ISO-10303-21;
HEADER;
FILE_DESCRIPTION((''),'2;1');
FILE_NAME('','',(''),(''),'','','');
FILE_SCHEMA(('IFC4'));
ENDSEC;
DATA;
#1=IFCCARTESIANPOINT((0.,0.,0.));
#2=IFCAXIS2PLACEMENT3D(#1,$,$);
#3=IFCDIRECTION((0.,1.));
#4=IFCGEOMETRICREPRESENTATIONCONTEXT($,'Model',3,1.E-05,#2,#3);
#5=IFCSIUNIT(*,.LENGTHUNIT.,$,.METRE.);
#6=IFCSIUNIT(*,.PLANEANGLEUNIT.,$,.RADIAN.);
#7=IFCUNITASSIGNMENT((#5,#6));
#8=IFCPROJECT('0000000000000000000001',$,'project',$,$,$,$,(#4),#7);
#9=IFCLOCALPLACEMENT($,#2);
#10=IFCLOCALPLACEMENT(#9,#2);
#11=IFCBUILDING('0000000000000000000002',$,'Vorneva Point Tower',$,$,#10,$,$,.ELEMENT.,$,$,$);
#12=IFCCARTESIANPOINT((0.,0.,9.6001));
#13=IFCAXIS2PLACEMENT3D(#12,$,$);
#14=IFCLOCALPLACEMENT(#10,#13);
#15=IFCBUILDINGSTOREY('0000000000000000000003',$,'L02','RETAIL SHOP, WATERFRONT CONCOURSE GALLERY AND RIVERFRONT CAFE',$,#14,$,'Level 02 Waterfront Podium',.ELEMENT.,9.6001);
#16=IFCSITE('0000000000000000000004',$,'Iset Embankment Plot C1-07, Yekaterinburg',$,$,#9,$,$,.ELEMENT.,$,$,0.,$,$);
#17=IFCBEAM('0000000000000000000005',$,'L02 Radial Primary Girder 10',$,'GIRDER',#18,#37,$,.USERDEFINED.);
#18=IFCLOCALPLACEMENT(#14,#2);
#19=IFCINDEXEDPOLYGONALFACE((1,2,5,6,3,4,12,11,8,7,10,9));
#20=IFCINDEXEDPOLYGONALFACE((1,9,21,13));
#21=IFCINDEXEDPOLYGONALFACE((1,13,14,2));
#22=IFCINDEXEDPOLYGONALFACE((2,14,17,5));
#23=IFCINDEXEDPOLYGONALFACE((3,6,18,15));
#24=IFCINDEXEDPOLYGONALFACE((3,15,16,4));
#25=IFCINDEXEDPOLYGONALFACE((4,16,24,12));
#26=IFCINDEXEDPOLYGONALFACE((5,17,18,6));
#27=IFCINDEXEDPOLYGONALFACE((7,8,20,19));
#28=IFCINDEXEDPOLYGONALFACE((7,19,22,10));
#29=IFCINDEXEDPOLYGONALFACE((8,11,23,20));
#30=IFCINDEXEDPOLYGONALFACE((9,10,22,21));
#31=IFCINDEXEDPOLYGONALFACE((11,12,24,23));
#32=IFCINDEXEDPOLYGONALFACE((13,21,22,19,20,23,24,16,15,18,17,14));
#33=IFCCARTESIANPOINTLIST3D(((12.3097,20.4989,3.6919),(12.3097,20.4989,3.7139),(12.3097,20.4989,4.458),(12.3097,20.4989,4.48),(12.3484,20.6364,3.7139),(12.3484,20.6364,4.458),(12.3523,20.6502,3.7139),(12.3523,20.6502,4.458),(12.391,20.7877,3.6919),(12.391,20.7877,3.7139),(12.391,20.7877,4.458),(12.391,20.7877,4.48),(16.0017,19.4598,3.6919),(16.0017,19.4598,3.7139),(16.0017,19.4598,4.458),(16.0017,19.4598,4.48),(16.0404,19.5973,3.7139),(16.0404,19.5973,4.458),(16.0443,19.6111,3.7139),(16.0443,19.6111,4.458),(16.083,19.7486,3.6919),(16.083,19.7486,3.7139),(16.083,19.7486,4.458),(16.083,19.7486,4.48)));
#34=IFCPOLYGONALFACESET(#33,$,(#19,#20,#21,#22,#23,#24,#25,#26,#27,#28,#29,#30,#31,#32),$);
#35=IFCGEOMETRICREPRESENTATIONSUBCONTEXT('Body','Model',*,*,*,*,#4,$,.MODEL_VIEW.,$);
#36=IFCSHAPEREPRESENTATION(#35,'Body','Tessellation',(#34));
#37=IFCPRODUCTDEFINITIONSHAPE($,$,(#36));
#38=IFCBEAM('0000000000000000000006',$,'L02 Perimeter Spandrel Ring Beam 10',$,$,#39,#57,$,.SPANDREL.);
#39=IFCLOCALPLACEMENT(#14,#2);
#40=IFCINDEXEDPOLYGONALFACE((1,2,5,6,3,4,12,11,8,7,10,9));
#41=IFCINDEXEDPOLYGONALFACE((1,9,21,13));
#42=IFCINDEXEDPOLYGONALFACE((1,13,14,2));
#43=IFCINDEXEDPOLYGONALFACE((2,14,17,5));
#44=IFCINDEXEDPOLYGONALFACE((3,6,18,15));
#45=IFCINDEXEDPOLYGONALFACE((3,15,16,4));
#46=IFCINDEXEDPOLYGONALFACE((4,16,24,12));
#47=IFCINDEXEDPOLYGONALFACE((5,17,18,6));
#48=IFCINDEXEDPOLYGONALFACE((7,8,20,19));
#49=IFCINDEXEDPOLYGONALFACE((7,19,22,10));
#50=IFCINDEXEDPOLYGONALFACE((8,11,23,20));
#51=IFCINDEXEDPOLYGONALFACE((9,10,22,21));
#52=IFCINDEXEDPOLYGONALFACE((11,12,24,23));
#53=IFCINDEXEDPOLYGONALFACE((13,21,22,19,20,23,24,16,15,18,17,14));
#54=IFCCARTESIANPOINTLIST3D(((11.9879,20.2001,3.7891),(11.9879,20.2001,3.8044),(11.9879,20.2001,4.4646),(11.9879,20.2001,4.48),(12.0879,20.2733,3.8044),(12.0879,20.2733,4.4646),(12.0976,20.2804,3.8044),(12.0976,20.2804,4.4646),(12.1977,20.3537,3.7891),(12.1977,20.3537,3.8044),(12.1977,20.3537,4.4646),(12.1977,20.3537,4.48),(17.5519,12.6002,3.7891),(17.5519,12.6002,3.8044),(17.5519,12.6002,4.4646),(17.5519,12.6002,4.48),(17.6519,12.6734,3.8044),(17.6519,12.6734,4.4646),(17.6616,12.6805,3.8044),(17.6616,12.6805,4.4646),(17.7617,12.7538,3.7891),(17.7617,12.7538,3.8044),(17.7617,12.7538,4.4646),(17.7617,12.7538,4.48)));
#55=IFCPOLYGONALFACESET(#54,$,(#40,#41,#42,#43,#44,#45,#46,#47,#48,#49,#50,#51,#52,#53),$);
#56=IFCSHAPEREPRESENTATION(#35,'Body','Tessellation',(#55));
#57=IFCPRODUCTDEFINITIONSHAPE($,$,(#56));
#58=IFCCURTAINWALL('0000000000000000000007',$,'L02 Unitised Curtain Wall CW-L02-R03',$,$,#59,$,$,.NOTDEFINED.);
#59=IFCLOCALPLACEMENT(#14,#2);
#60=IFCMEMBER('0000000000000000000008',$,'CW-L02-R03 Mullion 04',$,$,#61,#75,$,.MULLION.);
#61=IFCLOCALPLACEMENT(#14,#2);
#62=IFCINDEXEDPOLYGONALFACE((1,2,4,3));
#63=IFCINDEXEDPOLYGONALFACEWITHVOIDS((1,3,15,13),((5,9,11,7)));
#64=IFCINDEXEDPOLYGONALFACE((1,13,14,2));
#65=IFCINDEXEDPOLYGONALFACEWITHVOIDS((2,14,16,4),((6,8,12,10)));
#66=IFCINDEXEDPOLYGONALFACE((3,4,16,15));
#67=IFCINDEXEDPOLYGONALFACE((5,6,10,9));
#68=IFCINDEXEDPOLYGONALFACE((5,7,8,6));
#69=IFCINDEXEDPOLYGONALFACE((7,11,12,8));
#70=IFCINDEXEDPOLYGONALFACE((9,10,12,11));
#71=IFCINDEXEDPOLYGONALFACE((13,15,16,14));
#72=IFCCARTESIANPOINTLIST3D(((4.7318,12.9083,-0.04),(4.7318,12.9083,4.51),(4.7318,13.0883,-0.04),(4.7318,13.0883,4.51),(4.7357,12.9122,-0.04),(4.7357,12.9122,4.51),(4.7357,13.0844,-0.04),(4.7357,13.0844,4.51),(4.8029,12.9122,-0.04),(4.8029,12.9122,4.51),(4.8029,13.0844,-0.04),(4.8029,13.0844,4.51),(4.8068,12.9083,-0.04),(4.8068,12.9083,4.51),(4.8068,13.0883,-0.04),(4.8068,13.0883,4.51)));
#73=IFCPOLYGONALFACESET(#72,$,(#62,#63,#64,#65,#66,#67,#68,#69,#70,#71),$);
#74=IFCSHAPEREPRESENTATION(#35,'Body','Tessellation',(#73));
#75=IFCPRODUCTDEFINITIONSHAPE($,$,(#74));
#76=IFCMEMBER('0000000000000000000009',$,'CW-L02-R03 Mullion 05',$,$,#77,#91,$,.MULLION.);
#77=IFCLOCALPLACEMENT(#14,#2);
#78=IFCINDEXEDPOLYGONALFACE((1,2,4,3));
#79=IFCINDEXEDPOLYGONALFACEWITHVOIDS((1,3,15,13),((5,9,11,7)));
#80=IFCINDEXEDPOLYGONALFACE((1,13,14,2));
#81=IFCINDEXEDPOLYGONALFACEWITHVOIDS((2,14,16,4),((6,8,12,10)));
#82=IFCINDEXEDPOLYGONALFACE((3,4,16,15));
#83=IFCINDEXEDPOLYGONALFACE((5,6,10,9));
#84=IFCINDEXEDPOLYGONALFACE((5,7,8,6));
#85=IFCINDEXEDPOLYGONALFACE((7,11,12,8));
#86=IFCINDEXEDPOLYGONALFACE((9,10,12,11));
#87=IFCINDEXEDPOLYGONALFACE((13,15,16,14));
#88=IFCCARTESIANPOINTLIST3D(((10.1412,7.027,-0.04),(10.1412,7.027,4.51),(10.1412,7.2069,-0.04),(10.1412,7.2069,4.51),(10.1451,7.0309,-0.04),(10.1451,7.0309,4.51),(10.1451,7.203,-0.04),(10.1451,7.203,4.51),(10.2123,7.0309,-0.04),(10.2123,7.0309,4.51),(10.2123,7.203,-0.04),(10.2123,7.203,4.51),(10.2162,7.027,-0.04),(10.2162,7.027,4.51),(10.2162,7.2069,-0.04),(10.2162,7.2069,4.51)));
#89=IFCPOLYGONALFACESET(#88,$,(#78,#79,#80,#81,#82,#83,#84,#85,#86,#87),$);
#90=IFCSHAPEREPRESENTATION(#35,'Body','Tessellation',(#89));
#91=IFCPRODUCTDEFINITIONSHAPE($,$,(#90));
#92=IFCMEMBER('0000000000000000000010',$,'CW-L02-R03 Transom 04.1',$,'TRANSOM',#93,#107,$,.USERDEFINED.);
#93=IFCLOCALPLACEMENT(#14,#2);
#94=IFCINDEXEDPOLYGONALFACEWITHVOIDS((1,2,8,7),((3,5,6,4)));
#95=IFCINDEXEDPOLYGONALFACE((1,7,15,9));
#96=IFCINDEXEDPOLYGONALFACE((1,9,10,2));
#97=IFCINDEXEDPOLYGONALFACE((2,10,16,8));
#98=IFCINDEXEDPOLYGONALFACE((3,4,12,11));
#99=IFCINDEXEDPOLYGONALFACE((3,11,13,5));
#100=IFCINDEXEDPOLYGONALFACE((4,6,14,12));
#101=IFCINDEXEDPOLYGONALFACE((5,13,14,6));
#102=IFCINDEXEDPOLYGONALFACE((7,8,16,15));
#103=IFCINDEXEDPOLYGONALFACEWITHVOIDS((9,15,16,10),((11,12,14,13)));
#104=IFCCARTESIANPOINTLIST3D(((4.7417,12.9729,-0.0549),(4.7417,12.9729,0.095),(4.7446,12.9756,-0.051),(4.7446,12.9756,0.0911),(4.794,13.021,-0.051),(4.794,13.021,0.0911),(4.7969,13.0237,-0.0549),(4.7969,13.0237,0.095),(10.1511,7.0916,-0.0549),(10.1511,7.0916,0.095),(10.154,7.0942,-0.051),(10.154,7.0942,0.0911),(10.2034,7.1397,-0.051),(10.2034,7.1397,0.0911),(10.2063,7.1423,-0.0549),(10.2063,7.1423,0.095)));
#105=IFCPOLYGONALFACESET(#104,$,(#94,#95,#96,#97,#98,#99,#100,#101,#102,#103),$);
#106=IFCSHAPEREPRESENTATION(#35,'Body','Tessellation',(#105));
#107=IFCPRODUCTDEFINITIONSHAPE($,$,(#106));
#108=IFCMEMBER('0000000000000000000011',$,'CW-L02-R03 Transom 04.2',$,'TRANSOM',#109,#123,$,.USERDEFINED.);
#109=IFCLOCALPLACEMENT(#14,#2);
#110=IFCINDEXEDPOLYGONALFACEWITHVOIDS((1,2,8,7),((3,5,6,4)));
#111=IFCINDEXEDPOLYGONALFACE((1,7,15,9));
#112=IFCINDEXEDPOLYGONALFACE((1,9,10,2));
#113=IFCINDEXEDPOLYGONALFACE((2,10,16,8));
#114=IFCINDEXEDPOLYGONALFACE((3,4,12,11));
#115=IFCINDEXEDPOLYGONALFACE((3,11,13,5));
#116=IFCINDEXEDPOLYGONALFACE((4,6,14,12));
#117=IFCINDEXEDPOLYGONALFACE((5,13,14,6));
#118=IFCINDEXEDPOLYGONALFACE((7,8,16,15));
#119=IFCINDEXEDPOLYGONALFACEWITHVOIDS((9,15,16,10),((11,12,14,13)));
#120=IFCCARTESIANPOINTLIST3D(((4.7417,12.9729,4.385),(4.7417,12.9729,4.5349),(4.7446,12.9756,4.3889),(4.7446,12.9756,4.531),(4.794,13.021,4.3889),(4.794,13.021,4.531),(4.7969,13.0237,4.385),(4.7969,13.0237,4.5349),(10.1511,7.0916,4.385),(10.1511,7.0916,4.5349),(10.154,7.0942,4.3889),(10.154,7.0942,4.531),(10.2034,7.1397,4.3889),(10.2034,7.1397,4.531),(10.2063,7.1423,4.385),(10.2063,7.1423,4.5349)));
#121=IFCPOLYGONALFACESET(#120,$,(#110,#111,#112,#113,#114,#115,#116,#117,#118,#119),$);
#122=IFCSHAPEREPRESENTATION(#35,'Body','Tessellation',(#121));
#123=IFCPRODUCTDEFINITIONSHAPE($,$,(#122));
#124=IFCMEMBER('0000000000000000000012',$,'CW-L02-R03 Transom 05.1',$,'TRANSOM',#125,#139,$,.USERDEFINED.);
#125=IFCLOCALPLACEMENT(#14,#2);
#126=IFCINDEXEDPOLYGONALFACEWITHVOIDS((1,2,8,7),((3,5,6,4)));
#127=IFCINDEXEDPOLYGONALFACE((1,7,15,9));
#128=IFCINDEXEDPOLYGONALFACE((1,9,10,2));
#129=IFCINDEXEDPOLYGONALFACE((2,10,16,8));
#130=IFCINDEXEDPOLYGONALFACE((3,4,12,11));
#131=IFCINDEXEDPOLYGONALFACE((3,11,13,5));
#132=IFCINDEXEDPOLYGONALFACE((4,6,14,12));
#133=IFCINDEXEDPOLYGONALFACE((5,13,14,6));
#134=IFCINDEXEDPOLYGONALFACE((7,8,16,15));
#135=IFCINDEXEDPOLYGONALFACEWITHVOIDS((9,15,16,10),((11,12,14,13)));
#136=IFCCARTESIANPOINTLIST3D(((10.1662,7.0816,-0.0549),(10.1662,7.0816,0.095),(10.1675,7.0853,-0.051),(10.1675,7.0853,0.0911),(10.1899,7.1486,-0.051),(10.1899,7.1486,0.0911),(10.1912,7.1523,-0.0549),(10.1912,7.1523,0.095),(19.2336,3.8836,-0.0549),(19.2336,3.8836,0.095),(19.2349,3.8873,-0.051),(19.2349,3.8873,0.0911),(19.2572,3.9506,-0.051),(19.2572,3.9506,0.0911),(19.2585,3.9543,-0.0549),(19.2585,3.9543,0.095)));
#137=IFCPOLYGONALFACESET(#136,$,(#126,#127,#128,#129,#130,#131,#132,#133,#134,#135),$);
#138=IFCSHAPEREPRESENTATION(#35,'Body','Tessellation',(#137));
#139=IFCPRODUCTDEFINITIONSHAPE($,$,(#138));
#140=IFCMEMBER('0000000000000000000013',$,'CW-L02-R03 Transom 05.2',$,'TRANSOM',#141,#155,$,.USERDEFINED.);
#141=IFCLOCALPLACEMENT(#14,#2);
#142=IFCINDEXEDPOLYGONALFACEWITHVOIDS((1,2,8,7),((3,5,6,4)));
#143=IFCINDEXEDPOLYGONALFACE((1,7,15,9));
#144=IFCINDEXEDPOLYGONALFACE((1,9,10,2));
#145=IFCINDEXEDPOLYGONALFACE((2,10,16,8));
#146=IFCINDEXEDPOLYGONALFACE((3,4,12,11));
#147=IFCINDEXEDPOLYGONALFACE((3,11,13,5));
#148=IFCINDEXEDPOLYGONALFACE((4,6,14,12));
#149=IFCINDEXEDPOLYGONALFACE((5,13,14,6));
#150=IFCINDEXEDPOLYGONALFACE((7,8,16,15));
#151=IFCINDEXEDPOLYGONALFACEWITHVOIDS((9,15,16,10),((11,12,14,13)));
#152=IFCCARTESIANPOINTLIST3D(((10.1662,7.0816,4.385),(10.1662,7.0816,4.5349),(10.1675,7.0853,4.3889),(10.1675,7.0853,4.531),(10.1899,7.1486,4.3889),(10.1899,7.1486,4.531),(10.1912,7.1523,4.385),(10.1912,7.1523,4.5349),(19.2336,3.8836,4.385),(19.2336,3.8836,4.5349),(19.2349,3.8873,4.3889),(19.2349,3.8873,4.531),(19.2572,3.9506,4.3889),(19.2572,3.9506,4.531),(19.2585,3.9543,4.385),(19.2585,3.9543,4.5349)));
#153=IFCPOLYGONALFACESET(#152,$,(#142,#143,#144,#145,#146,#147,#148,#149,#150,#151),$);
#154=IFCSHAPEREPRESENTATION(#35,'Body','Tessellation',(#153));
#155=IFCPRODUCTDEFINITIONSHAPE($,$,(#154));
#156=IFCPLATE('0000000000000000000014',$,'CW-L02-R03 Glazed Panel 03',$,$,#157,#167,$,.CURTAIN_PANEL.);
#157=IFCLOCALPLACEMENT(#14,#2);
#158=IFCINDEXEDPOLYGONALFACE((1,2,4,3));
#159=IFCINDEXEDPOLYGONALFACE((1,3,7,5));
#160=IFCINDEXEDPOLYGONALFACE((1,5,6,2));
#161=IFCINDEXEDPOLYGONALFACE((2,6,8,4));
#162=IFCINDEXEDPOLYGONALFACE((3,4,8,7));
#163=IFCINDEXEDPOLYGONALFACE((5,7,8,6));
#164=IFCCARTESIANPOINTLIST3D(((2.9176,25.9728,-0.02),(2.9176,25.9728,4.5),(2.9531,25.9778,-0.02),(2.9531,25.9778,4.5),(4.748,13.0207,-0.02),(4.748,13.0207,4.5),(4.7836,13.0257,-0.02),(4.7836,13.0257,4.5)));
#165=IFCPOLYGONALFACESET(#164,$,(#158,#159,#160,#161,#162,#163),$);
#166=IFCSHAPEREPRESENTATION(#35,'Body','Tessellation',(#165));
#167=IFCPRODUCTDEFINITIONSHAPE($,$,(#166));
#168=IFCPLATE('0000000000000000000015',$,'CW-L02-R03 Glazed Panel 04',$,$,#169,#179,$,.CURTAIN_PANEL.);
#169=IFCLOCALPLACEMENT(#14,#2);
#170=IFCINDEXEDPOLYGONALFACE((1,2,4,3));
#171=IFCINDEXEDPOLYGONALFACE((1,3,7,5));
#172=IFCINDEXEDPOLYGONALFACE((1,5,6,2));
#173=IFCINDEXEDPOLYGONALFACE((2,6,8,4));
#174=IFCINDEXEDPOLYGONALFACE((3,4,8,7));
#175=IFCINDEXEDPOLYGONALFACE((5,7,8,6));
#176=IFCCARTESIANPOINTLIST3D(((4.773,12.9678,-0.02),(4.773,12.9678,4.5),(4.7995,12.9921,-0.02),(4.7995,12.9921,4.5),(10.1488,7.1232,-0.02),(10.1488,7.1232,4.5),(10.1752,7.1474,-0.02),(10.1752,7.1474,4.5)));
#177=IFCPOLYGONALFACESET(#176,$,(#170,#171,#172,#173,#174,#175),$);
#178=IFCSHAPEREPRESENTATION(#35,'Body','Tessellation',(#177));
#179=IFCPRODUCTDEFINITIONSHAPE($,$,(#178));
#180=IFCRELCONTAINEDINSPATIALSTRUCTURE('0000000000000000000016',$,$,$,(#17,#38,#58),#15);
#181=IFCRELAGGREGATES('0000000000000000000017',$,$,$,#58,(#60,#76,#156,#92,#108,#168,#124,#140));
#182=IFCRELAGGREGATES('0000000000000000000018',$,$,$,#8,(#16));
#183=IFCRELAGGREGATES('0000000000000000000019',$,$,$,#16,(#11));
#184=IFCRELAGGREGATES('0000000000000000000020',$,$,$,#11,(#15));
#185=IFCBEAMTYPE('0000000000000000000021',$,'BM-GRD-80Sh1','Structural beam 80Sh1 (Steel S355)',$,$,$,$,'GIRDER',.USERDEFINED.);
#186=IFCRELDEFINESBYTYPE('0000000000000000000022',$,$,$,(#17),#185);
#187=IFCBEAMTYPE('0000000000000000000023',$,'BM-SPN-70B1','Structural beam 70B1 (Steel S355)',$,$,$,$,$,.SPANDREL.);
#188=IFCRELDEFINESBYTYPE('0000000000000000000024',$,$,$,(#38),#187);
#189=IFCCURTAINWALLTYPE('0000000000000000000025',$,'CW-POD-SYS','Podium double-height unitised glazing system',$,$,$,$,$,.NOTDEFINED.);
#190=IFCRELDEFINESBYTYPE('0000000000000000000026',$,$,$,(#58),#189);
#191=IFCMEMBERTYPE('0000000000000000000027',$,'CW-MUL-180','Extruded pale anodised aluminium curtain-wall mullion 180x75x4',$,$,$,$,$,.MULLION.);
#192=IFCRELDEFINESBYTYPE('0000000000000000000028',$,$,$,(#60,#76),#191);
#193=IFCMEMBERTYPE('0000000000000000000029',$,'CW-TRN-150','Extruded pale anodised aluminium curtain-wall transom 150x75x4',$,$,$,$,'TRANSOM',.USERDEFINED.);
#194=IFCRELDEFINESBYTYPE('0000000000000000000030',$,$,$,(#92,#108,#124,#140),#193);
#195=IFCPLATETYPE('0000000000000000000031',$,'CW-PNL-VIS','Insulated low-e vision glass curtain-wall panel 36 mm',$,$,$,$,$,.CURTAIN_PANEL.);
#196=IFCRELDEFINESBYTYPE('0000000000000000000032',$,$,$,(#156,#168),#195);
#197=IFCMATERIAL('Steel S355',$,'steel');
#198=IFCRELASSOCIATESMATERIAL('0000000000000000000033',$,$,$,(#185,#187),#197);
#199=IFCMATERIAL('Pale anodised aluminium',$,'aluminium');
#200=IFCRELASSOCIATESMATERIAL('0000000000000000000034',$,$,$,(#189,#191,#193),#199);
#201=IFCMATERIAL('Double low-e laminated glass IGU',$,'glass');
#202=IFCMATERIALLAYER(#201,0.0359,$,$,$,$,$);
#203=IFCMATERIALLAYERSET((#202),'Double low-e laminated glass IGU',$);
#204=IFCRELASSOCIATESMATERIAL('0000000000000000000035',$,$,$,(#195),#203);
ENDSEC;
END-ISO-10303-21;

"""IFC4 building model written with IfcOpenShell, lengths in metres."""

from ifc_helpers import new_model, si_unit, direction, frame, origin, origin_2d, place, context, subcontext, project, spatial, rectangle, hollow_rectangle, i_section, extrude, material, layer, layer_set, material_profile, profile_set, type_object, element, aggregate, save


model = new_model("IFC4")

# Units and contexts
model_context = context("Model", 3, precision=1e-05, world=origin(), true_north=direction((0.0, 1.0)))
body_context = subcontext(model_context, "Body", "Model", "MODEL_VIEW")
ifc_project = project(units=[si_unit("LENGTHUNIT", "METRE"), si_unit("PLANEANGLEUNIT", "RADIAN")], contexts=[model_context])

# Site, building, storey
site_placement = place(None, origin())
site = spatial("IfcSite", under=ifc_project, at=site_placement, Name="Iset Embankment Plot C1-07, Yekaterinburg", CompositionType="ELEMENT", RefElevation=0.0)
building_placement = place(site_placement, origin())
building = spatial("IfcBuilding", under=site, at=building_placement, Name="Vorneva Point Tower", CompositionType="ELEMENT")
storey_placement = place(building_placement, frame((0.0, 0.0, 9.6001)))
storey = spatial("IfcBuildingStorey", under=building, at=storey_placement, Name="L02", Description="RETAIL SHOP, WATERFRONT CONCOURSE GALLERY AND RIVERFRONT CAFE", LongName="Level 02 Waterfront Podium", CompositionType="ELEMENT", Elevation=9.6001)

# Beams
ifc_material_1 = material(Name="Steel S355", Category="steel")
ifc_material_profile_1 = material_profile(ifc_material_1, i_section(OverallWidth=0.3, OverallDepth=0.7881, WebThickness=0.0144, FlangeThickness=0.022, at=origin_2d()), Name="80Sh1")
ifc_profile_set_1 = profile_set([ifc_material_profile_1], Name="Steel S355")
beam_type_1 = type_object("IfcBeamType", Name="BM-GRD-80Sh1", Description="Structural beam 80Sh1 (Steel S355)", ElementType="GIRDER", PredefinedType="USERDEFINED", material=ifc_profile_set_1)
beam_1_placement = place(storey_placement, frame((12.3503, 20.6433, 4.0859), z_axis=(0.962602, -0.270919, 0.0), x_axis=(0.270919, 0.962602, 0.0)))
element("IfcBeam", 1, at=beam_1_placement, inside=storey, type_object=beam_type_1, Name="L02 Radial Primary Girder 10", ObjectType="GIRDER", PredefinedType="USERDEFINED", context=body_context, shape_type="SweptSolid", body=[
    extrude(i_section(OverallWidth=0.3, OverallDepth=0.7881, WebThickness=0.0144, FlangeThickness=0.022, at=origin_2d()), origin(), (0.0, 0.0, 1.0), 3.8354),
])
ifc_material_profile_2 = material_profile(ifc_material_1, i_section(OverallWidth=0.26, OverallDepth=0.6909, WebThickness=0.012, FlangeThickness=0.0154, at=origin_2d()), Name="70B1")
ifc_profile_set_2 = profile_set([ifc_material_profile_2], Name="Steel S355")
beam_type_2 = type_object("IfcBeamType", Name="BM-SPN-70B1", Description="Structural beam 70B1 (Steel S355)", PredefinedType="SPANDREL", material=ifc_profile_set_2)
beam_2_placement = place(storey_placement, frame((12.0928, 20.2769, 4.1345), z_axis=(0.590724, -0.806874, 0.0), x_axis=(0.806874, 0.590724, 0.0)))
element("IfcBeam", 2, at=beam_2_placement, inside=storey, type_object=beam_type_2, Name="L02 Perimeter Spandrel Ring Beam 10", PredefinedType="SPANDREL", context=body_context, shape_type="SweptSolid", body=[
    extrude(i_section(OverallWidth=0.26, OverallDepth=0.6909, WebThickness=0.012, FlangeThickness=0.0154, at=origin_2d()), origin(), (0.0, 0.0, 1.0), 9.4189),
])

# Curtain wall, members, plates
ifc_material_2 = material(Name="Pale anodised aluminium", Category="aluminium")
curtain_wall_type = type_object("IfcCurtainWallType", Name="CW-POD-SYS", Description="Podium double-height unitised glazing system", PredefinedType="NOTDEFINED", material=ifc_material_2)
curtain_wall_placement = place(storey_placement, origin())
curtain_wall = element("IfcCurtainWall", 3, at=curtain_wall_placement, inside=storey, type_object=curtain_wall_type, Name="L02 Unitised Curtain Wall CW-L02-R03", PredefinedType="NOTDEFINED")
ifc_material_profile_3 = material_profile(ifc_material_2, hollow_rectangle(XDim=0.075, YDim=0.1799, WallThickness=0.0039, at=origin_2d()), Name="AL-MUL 180x75x4")
ifc_profile_set_3 = profile_set([ifc_material_profile_3], Name="Pale anodised aluminium")
member_type_1 = type_object("IfcMemberType", Name="CW-MUL-180", Description="Extruded pale anodised aluminium curtain-wall mullion 180x75x4", PredefinedType="MULLION", material=ifc_profile_set_3)
member_1_placement = place(storey_placement, frame((4.7693, 12.9983, -0.04), z_axis=(0.0, 0.0, 1.0), x_axis=(1.0, 0.0, 0.0)))
member_1 = element("IfcMember", 4, at=member_1_placement, type_object=member_type_1, Name="CW-L02-R03 Mullion 04", PredefinedType="MULLION", context=body_context, shape_type="SweptSolid", body=[
    extrude(hollow_rectangle(XDim=0.075, YDim=0.1799, WallThickness=0.0039, at=origin_2d()), origin(), (0.0, 0.0, 1.0), 4.55),
])
member_2_placement = place(storey_placement, frame((10.1787, 7.1169, -0.04), z_axis=(0.0, 0.0, 1.0), x_axis=(1.0, 0.0, 0.0)))
member_2 = element("IfcMember", 5, at=member_2_placement, type_object=member_type_1, Name="CW-L02-R03 Mullion 05", PredefinedType="MULLION", context=body_context, shape_type="SweptSolid", body=[
    extrude(hollow_rectangle(XDim=0.075, YDim=0.1799, WallThickness=0.0039, at=origin_2d()), origin(), (0.0, 0.0, 1.0), 4.55),
])
ifc_material_profile_4 = material_profile(ifc_material_2, hollow_rectangle(XDim=0.075, YDim=0.1499, WallThickness=0.0039, at=origin_2d()), Name="AL-TRN 150x75x4")
ifc_profile_set_4 = profile_set([ifc_material_profile_4], Name="Pale anodised aluminium")
member_type_2 = type_object("IfcMemberType", Name="CW-TRN-150", Description="Extruded pale anodised aluminium curtain-wall transom 150x75x4", ElementType="TRANSOM", PredefinedType="USERDEFINED", material=ifc_profile_set_4)
member_3_placement = place(storey_placement, frame((4.7693, 12.9983, 0.02), z_axis=(0.676961, -0.736019, 0.0), x_axis=(0.736019, 0.676961, 0.0)))
member_3 = element("IfcMember", 6, at=member_3_placement, type_object=member_type_2, Name="CW-L02-R03 Transom 04.1", ObjectType="TRANSOM", PredefinedType="USERDEFINED", context=body_context, shape_type="SweptSolid", body=[
    extrude(hollow_rectangle(XDim=0.075, YDim=0.1499, WallThickness=0.0039, at=origin_2d()), origin(), (0.0, 0.0, 1.0), 7.9907),
])
member_4_placement = place(storey_placement, frame((4.7693, 12.9983, 4.46), z_axis=(0.676961, -0.736019, 0.0), x_axis=(0.736019, 0.676961, 0.0)))
member_4 = element("IfcMember", 7, at=member_4_placement, type_object=member_type_2, Name="CW-L02-R03 Transom 04.2", ObjectType="TRANSOM", PredefinedType="USERDEFINED", context=body_context, shape_type="SweptSolid", body=[
    extrude(hollow_rectangle(XDim=0.075, YDim=0.1499, WallThickness=0.0039, at=origin_2d()), origin(), (0.0, 0.0, 1.0), 7.9907),
])
member_5_placement = place(storey_placement, frame((10.1787, 7.1169, 0.02), z_axis=(0.943064, -0.332612, 0.0), x_axis=(0.332612, 0.943064, 0.0)))
member_5 = element("IfcMember", 8, at=member_5_placement, type_object=member_type_2, Name="CW-L02-R03 Transom 05.1", ObjectType="TRANSOM", PredefinedType="USERDEFINED", context=body_context, shape_type="SweptSolid", body=[
    extrude(hollow_rectangle(XDim=0.075, YDim=0.1499, WallThickness=0.0039, at=origin_2d()), origin(), (0.0, 0.0, 1.0), 9.6147),
])
member_6_placement = place(storey_placement, frame((10.1787, 7.1169, 4.46), z_axis=(0.943064, -0.332612, 0.0), x_axis=(0.332612, 0.943064, 0.0)))
member_6 = element("IfcMember", 9, at=member_6_placement, type_object=member_type_2, Name="CW-L02-R03 Transom 05.2", ObjectType="TRANSOM", PredefinedType="USERDEFINED", context=body_context, shape_type="SweptSolid", body=[
    extrude(hollow_rectangle(XDim=0.075, YDim=0.1499, WallThickness=0.0039, at=origin_2d()), origin(), (0.0, 0.0, 1.0), 9.6147),
])
ifc_material_3 = material(Name="Double low-e laminated glass IGU", Category="glass")
ifc_layer_1 = layer(ifc_material_3, 0.0359)
ifc_layer_set_1 = layer_set([ifc_layer_1], Name="Double low-e laminated glass IGU")
plate_type = type_object("IfcPlateType", Name="CW-PNL-VIS", Description="Insulated low-e vision glass curtain-wall panel 36 mm", PredefinedType="CURTAIN_PANEL", material=ifc_layer_set_1)
plate_1_placement = place(storey_placement, frame((3.8506, 19.4993, -0.02), z_axis=(0.0, 0.0, 1.0), x_axis=(0.139934, -0.990161, 0.0)))
plate_1 = element("IfcPlate", 10, at=plate_1_placement, type_object=plate_type, Name="CW-L02-R03 Glazed Panel 03", PredefinedType="CURTAIN_PANEL", context=body_context, shape_type="SweptSolid", body=[
    extrude(rectangle(XDim=13.0808, YDim=0.0359, at=origin_2d()), origin(), (0.0, 0.0, 1.0), 4.52),
])
plate_2_placement = place(storey_placement, frame((7.4741, 10.0576, -0.02), z_axis=(0.0, 0.0, 1.0), x_axis=(0.676966, -0.736014, 0.0)))
plate_2 = element("IfcPlate", 11, at=plate_2_placement, type_object=plate_type, Name="CW-L02-R03 Glazed Panel 04", PredefinedType="CURTAIN_PANEL", context=body_context, shape_type="SweptSolid", body=[
    extrude(rectangle(XDim=7.9409, YDim=0.0359, at=origin_2d()), origin(), (0.0, 0.0, 1.0), 4.52),
])
aggregate(curtain_wall, [member_1, member_2, plate_1, member_3, member_4, plate_2, member_5, member_6])

save(model, "model.ifc")
